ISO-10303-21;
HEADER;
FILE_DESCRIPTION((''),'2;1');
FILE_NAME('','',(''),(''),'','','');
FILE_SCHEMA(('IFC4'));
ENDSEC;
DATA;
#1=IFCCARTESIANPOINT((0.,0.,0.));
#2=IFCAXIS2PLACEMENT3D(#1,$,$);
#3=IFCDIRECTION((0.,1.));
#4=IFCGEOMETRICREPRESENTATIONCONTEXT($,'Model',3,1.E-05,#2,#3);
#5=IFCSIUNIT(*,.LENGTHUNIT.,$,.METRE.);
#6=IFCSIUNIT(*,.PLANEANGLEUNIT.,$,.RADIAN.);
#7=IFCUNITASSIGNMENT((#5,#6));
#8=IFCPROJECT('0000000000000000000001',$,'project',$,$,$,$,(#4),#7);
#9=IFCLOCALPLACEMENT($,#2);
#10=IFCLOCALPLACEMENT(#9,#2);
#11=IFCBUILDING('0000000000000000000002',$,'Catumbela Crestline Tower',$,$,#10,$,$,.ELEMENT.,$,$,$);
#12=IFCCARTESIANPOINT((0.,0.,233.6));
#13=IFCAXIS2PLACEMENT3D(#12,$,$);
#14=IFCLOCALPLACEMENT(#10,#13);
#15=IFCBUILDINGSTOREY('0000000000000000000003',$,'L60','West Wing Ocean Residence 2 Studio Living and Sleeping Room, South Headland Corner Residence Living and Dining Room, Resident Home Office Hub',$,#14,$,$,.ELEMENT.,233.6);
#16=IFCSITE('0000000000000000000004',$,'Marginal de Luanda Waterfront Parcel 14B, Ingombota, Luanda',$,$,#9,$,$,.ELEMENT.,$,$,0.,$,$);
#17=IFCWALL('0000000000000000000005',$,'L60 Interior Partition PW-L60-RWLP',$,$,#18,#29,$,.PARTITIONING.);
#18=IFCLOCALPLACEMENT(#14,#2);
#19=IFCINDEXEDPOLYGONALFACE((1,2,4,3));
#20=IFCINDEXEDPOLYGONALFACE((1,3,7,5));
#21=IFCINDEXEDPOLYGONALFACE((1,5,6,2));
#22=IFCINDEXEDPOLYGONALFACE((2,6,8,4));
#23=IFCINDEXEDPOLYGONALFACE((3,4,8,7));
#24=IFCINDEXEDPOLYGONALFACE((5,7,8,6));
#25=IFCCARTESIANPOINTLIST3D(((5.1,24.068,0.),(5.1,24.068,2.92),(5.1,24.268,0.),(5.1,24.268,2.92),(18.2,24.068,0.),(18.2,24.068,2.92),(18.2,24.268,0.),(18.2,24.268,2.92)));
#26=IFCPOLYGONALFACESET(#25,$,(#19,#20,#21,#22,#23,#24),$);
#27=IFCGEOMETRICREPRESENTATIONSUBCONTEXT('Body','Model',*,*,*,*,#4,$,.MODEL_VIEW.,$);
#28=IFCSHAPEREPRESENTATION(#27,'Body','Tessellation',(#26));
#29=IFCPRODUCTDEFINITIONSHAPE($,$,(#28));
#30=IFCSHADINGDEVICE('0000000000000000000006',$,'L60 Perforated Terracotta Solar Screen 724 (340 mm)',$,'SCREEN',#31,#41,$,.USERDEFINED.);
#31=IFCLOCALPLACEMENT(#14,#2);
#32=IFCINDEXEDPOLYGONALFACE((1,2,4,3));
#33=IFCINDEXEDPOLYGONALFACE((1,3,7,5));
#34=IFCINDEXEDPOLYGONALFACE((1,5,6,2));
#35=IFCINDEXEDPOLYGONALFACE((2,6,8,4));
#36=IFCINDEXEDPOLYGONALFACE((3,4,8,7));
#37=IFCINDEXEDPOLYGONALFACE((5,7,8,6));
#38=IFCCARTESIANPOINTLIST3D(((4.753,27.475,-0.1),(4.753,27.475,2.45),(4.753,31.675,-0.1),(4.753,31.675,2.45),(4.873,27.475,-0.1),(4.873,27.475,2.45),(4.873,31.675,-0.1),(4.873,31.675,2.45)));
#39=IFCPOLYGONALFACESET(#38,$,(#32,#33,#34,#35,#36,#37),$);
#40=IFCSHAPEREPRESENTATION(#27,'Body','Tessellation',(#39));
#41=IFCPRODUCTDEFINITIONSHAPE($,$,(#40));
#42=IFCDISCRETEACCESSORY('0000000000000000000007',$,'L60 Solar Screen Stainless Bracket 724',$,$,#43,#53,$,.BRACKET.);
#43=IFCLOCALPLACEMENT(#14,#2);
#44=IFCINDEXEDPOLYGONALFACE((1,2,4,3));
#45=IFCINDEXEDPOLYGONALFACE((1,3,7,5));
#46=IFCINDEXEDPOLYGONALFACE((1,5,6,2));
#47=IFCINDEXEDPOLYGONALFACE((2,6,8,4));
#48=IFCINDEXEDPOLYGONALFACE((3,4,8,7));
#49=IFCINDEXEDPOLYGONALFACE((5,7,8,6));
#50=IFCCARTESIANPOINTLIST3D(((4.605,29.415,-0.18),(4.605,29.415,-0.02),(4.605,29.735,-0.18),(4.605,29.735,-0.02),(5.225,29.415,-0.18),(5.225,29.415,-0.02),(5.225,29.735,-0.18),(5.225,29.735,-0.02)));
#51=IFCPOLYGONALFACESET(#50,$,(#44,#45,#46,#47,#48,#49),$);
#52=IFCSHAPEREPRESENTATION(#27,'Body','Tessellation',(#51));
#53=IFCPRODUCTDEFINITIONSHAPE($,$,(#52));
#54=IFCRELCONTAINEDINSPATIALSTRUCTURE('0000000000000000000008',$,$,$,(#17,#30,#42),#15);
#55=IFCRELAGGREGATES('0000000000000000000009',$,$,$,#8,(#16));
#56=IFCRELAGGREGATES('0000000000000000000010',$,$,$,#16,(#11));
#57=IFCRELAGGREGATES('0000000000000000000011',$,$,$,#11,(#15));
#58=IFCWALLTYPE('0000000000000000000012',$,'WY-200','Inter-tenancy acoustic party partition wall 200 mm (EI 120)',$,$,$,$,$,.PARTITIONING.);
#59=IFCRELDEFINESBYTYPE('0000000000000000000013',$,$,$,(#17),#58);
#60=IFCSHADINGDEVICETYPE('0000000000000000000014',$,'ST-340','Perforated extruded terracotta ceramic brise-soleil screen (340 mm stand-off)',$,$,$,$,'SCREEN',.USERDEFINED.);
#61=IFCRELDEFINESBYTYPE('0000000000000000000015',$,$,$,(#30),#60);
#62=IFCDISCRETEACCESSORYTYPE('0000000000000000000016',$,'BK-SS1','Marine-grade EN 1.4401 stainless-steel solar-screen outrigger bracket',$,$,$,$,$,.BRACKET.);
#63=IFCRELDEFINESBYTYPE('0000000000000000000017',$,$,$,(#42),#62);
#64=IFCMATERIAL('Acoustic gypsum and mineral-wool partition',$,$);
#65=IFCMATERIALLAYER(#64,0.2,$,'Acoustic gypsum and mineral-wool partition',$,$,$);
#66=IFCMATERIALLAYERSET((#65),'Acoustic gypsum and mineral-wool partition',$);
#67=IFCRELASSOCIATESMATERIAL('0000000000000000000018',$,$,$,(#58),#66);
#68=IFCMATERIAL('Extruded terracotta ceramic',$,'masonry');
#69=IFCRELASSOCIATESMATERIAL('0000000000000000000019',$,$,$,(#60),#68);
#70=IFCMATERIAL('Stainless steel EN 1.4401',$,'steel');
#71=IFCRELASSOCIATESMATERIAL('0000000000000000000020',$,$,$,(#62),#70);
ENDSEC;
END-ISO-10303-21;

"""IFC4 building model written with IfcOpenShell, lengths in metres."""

from ifc_helpers import new_model, si_unit, direction, frame, frame_2d, origin, origin_2d, place, context, subcontext, project, spatial, rectangle, extrude, material, layer, layer_set, type_object, element, save


model = new_model("IFC4")

# Units and contexts
model_context = context("Model", 3, precision=1e-05, world=origin(), true_north=direction((0.0, 1.0)))
body_context = subcontext(model_context, "Body", "Model", "MODEL_VIEW")
ifc_project = project(units=[si_unit("LENGTHUNIT", "METRE"), si_unit("PLANEANGLEUNIT", "RADIAN")], contexts=[model_context])

# Site, building, storey
site_placement = place(None, origin())
site = spatial("IfcSite", under=ifc_project, at=site_placement, Name="Marginal de Luanda Waterfront Parcel 14B, Ingombota, Luanda", CompositionType="ELEMENT", RefElevation=0.0)
building_placement = place(site_placement, origin())
building = spatial("IfcBuilding", under=site, at=building_placement, Name="Catumbela Crestline Tower", CompositionType="ELEMENT")
storey_placement = place(building_placement, frame((0.0, 0.0, 233.6)))
storey = spatial("IfcBuildingStorey", under=building, at=storey_placement, Name="L60", Description="West Wing Ocean Residence 2 Studio Living and Sleeping Room, South Headland Corner Residence Living and Dining Room, Resident Home Office Hub", CompositionType="ELEMENT", Elevation=233.6)

# Wall
ifc_material_1 = material(Name="Acoustic gypsum and mineral-wool partition")
ifc_layer_1 = layer(ifc_material_1, 0.2, Name="Acoustic gypsum and mineral-wool partition")
ifc_layer_set_1 = layer_set([ifc_layer_1], Name="Acoustic gypsum and mineral-wool partition")
wall_type = type_object("IfcWallType", Name="WY-200", Description="Inter-tenancy acoustic party partition wall 200 mm (EI 120)", PredefinedType="PARTITIONING", material=ifc_layer_set_1)
wall_1_placement = place(storey_placement, frame((5.1, 24.168, 0.0), z_axis=(0.0, 0.0, 1.0), x_axis=(1.0, 0.0, 0.0)))
element("IfcWall", 1, at=wall_1_placement, inside=storey, type_object=wall_type, Name="L60 Interior Partition PW-L60-RWLP", PredefinedType="PARTITIONING", context=body_context, shape_type="SweptSolid", body=[
    extrude(rectangle(XDim=13.1, YDim=0.2, at=frame_2d((6.55, 0.0))), origin(), (0.0, 0.0, 1.0), 2.92),
])

# Shading device
ifc_material_2 = material(Name="Extruded terracotta ceramic", Category="masonry")
shading_device_type = type_object("IfcShadingDeviceType", Name="ST-340", Description="Perforated extruded terracotta ceramic brise-soleil screen (340 mm stand-off)", ElementType="SCREEN", PredefinedType="USERDEFINED", material=ifc_material_2)
shading_device_placement = place(storey_placement, frame((4.813, 29.575, -0.1), z_axis=(0.0, 0.0, 1.0), x_axis=(0.0, -1.0, 0.0)))
element("IfcShadingDevice", 2, at=shading_device_placement, inside=storey, type_object=shading_device_type, Name="L60 Perforated Terracotta Solar Screen 724 (340 mm)", ObjectType="SCREEN", PredefinedType="USERDEFINED", context=body_context, shape_type="SweptSolid", body=[
    extrude(rectangle(XDim=4.2, YDim=0.12, at=origin_2d()), origin(), (0.0, 0.0, 1.0), 2.55),
])

# Discrete accessory
ifc_material_3 = material(Name="Stainless steel EN 1.4401", Category="steel")
discrete_accessory_type = type_object("IfcDiscreteAccessoryType", Name="BK-SS1", Description="Marine-grade EN 1.4401 stainless-steel solar-screen outrigger bracket", PredefinedType="BRACKET", material=ifc_material_3)
discrete_accessory_placement = place(storey_placement, frame((4.915, 29.575, -0.18), z_axis=(0.0, 0.0, 1.0), x_axis=(0.0, -1.0, 0.0)))
element("IfcDiscreteAccessory", 3, at=discrete_accessory_placement, inside=storey, type_object=discrete_accessory_type, Name="L60 Solar Screen Stainless Bracket 724", PredefinedType="BRACKET", context=body_context, shape_type="SweptSolid", body=[
    extrude(rectangle(XDim=0.32, YDim=0.62, at=origin_2d()), origin(), (0.0, 0.0, 1.0), 0.16),
])

save(model, "model.ifc")
